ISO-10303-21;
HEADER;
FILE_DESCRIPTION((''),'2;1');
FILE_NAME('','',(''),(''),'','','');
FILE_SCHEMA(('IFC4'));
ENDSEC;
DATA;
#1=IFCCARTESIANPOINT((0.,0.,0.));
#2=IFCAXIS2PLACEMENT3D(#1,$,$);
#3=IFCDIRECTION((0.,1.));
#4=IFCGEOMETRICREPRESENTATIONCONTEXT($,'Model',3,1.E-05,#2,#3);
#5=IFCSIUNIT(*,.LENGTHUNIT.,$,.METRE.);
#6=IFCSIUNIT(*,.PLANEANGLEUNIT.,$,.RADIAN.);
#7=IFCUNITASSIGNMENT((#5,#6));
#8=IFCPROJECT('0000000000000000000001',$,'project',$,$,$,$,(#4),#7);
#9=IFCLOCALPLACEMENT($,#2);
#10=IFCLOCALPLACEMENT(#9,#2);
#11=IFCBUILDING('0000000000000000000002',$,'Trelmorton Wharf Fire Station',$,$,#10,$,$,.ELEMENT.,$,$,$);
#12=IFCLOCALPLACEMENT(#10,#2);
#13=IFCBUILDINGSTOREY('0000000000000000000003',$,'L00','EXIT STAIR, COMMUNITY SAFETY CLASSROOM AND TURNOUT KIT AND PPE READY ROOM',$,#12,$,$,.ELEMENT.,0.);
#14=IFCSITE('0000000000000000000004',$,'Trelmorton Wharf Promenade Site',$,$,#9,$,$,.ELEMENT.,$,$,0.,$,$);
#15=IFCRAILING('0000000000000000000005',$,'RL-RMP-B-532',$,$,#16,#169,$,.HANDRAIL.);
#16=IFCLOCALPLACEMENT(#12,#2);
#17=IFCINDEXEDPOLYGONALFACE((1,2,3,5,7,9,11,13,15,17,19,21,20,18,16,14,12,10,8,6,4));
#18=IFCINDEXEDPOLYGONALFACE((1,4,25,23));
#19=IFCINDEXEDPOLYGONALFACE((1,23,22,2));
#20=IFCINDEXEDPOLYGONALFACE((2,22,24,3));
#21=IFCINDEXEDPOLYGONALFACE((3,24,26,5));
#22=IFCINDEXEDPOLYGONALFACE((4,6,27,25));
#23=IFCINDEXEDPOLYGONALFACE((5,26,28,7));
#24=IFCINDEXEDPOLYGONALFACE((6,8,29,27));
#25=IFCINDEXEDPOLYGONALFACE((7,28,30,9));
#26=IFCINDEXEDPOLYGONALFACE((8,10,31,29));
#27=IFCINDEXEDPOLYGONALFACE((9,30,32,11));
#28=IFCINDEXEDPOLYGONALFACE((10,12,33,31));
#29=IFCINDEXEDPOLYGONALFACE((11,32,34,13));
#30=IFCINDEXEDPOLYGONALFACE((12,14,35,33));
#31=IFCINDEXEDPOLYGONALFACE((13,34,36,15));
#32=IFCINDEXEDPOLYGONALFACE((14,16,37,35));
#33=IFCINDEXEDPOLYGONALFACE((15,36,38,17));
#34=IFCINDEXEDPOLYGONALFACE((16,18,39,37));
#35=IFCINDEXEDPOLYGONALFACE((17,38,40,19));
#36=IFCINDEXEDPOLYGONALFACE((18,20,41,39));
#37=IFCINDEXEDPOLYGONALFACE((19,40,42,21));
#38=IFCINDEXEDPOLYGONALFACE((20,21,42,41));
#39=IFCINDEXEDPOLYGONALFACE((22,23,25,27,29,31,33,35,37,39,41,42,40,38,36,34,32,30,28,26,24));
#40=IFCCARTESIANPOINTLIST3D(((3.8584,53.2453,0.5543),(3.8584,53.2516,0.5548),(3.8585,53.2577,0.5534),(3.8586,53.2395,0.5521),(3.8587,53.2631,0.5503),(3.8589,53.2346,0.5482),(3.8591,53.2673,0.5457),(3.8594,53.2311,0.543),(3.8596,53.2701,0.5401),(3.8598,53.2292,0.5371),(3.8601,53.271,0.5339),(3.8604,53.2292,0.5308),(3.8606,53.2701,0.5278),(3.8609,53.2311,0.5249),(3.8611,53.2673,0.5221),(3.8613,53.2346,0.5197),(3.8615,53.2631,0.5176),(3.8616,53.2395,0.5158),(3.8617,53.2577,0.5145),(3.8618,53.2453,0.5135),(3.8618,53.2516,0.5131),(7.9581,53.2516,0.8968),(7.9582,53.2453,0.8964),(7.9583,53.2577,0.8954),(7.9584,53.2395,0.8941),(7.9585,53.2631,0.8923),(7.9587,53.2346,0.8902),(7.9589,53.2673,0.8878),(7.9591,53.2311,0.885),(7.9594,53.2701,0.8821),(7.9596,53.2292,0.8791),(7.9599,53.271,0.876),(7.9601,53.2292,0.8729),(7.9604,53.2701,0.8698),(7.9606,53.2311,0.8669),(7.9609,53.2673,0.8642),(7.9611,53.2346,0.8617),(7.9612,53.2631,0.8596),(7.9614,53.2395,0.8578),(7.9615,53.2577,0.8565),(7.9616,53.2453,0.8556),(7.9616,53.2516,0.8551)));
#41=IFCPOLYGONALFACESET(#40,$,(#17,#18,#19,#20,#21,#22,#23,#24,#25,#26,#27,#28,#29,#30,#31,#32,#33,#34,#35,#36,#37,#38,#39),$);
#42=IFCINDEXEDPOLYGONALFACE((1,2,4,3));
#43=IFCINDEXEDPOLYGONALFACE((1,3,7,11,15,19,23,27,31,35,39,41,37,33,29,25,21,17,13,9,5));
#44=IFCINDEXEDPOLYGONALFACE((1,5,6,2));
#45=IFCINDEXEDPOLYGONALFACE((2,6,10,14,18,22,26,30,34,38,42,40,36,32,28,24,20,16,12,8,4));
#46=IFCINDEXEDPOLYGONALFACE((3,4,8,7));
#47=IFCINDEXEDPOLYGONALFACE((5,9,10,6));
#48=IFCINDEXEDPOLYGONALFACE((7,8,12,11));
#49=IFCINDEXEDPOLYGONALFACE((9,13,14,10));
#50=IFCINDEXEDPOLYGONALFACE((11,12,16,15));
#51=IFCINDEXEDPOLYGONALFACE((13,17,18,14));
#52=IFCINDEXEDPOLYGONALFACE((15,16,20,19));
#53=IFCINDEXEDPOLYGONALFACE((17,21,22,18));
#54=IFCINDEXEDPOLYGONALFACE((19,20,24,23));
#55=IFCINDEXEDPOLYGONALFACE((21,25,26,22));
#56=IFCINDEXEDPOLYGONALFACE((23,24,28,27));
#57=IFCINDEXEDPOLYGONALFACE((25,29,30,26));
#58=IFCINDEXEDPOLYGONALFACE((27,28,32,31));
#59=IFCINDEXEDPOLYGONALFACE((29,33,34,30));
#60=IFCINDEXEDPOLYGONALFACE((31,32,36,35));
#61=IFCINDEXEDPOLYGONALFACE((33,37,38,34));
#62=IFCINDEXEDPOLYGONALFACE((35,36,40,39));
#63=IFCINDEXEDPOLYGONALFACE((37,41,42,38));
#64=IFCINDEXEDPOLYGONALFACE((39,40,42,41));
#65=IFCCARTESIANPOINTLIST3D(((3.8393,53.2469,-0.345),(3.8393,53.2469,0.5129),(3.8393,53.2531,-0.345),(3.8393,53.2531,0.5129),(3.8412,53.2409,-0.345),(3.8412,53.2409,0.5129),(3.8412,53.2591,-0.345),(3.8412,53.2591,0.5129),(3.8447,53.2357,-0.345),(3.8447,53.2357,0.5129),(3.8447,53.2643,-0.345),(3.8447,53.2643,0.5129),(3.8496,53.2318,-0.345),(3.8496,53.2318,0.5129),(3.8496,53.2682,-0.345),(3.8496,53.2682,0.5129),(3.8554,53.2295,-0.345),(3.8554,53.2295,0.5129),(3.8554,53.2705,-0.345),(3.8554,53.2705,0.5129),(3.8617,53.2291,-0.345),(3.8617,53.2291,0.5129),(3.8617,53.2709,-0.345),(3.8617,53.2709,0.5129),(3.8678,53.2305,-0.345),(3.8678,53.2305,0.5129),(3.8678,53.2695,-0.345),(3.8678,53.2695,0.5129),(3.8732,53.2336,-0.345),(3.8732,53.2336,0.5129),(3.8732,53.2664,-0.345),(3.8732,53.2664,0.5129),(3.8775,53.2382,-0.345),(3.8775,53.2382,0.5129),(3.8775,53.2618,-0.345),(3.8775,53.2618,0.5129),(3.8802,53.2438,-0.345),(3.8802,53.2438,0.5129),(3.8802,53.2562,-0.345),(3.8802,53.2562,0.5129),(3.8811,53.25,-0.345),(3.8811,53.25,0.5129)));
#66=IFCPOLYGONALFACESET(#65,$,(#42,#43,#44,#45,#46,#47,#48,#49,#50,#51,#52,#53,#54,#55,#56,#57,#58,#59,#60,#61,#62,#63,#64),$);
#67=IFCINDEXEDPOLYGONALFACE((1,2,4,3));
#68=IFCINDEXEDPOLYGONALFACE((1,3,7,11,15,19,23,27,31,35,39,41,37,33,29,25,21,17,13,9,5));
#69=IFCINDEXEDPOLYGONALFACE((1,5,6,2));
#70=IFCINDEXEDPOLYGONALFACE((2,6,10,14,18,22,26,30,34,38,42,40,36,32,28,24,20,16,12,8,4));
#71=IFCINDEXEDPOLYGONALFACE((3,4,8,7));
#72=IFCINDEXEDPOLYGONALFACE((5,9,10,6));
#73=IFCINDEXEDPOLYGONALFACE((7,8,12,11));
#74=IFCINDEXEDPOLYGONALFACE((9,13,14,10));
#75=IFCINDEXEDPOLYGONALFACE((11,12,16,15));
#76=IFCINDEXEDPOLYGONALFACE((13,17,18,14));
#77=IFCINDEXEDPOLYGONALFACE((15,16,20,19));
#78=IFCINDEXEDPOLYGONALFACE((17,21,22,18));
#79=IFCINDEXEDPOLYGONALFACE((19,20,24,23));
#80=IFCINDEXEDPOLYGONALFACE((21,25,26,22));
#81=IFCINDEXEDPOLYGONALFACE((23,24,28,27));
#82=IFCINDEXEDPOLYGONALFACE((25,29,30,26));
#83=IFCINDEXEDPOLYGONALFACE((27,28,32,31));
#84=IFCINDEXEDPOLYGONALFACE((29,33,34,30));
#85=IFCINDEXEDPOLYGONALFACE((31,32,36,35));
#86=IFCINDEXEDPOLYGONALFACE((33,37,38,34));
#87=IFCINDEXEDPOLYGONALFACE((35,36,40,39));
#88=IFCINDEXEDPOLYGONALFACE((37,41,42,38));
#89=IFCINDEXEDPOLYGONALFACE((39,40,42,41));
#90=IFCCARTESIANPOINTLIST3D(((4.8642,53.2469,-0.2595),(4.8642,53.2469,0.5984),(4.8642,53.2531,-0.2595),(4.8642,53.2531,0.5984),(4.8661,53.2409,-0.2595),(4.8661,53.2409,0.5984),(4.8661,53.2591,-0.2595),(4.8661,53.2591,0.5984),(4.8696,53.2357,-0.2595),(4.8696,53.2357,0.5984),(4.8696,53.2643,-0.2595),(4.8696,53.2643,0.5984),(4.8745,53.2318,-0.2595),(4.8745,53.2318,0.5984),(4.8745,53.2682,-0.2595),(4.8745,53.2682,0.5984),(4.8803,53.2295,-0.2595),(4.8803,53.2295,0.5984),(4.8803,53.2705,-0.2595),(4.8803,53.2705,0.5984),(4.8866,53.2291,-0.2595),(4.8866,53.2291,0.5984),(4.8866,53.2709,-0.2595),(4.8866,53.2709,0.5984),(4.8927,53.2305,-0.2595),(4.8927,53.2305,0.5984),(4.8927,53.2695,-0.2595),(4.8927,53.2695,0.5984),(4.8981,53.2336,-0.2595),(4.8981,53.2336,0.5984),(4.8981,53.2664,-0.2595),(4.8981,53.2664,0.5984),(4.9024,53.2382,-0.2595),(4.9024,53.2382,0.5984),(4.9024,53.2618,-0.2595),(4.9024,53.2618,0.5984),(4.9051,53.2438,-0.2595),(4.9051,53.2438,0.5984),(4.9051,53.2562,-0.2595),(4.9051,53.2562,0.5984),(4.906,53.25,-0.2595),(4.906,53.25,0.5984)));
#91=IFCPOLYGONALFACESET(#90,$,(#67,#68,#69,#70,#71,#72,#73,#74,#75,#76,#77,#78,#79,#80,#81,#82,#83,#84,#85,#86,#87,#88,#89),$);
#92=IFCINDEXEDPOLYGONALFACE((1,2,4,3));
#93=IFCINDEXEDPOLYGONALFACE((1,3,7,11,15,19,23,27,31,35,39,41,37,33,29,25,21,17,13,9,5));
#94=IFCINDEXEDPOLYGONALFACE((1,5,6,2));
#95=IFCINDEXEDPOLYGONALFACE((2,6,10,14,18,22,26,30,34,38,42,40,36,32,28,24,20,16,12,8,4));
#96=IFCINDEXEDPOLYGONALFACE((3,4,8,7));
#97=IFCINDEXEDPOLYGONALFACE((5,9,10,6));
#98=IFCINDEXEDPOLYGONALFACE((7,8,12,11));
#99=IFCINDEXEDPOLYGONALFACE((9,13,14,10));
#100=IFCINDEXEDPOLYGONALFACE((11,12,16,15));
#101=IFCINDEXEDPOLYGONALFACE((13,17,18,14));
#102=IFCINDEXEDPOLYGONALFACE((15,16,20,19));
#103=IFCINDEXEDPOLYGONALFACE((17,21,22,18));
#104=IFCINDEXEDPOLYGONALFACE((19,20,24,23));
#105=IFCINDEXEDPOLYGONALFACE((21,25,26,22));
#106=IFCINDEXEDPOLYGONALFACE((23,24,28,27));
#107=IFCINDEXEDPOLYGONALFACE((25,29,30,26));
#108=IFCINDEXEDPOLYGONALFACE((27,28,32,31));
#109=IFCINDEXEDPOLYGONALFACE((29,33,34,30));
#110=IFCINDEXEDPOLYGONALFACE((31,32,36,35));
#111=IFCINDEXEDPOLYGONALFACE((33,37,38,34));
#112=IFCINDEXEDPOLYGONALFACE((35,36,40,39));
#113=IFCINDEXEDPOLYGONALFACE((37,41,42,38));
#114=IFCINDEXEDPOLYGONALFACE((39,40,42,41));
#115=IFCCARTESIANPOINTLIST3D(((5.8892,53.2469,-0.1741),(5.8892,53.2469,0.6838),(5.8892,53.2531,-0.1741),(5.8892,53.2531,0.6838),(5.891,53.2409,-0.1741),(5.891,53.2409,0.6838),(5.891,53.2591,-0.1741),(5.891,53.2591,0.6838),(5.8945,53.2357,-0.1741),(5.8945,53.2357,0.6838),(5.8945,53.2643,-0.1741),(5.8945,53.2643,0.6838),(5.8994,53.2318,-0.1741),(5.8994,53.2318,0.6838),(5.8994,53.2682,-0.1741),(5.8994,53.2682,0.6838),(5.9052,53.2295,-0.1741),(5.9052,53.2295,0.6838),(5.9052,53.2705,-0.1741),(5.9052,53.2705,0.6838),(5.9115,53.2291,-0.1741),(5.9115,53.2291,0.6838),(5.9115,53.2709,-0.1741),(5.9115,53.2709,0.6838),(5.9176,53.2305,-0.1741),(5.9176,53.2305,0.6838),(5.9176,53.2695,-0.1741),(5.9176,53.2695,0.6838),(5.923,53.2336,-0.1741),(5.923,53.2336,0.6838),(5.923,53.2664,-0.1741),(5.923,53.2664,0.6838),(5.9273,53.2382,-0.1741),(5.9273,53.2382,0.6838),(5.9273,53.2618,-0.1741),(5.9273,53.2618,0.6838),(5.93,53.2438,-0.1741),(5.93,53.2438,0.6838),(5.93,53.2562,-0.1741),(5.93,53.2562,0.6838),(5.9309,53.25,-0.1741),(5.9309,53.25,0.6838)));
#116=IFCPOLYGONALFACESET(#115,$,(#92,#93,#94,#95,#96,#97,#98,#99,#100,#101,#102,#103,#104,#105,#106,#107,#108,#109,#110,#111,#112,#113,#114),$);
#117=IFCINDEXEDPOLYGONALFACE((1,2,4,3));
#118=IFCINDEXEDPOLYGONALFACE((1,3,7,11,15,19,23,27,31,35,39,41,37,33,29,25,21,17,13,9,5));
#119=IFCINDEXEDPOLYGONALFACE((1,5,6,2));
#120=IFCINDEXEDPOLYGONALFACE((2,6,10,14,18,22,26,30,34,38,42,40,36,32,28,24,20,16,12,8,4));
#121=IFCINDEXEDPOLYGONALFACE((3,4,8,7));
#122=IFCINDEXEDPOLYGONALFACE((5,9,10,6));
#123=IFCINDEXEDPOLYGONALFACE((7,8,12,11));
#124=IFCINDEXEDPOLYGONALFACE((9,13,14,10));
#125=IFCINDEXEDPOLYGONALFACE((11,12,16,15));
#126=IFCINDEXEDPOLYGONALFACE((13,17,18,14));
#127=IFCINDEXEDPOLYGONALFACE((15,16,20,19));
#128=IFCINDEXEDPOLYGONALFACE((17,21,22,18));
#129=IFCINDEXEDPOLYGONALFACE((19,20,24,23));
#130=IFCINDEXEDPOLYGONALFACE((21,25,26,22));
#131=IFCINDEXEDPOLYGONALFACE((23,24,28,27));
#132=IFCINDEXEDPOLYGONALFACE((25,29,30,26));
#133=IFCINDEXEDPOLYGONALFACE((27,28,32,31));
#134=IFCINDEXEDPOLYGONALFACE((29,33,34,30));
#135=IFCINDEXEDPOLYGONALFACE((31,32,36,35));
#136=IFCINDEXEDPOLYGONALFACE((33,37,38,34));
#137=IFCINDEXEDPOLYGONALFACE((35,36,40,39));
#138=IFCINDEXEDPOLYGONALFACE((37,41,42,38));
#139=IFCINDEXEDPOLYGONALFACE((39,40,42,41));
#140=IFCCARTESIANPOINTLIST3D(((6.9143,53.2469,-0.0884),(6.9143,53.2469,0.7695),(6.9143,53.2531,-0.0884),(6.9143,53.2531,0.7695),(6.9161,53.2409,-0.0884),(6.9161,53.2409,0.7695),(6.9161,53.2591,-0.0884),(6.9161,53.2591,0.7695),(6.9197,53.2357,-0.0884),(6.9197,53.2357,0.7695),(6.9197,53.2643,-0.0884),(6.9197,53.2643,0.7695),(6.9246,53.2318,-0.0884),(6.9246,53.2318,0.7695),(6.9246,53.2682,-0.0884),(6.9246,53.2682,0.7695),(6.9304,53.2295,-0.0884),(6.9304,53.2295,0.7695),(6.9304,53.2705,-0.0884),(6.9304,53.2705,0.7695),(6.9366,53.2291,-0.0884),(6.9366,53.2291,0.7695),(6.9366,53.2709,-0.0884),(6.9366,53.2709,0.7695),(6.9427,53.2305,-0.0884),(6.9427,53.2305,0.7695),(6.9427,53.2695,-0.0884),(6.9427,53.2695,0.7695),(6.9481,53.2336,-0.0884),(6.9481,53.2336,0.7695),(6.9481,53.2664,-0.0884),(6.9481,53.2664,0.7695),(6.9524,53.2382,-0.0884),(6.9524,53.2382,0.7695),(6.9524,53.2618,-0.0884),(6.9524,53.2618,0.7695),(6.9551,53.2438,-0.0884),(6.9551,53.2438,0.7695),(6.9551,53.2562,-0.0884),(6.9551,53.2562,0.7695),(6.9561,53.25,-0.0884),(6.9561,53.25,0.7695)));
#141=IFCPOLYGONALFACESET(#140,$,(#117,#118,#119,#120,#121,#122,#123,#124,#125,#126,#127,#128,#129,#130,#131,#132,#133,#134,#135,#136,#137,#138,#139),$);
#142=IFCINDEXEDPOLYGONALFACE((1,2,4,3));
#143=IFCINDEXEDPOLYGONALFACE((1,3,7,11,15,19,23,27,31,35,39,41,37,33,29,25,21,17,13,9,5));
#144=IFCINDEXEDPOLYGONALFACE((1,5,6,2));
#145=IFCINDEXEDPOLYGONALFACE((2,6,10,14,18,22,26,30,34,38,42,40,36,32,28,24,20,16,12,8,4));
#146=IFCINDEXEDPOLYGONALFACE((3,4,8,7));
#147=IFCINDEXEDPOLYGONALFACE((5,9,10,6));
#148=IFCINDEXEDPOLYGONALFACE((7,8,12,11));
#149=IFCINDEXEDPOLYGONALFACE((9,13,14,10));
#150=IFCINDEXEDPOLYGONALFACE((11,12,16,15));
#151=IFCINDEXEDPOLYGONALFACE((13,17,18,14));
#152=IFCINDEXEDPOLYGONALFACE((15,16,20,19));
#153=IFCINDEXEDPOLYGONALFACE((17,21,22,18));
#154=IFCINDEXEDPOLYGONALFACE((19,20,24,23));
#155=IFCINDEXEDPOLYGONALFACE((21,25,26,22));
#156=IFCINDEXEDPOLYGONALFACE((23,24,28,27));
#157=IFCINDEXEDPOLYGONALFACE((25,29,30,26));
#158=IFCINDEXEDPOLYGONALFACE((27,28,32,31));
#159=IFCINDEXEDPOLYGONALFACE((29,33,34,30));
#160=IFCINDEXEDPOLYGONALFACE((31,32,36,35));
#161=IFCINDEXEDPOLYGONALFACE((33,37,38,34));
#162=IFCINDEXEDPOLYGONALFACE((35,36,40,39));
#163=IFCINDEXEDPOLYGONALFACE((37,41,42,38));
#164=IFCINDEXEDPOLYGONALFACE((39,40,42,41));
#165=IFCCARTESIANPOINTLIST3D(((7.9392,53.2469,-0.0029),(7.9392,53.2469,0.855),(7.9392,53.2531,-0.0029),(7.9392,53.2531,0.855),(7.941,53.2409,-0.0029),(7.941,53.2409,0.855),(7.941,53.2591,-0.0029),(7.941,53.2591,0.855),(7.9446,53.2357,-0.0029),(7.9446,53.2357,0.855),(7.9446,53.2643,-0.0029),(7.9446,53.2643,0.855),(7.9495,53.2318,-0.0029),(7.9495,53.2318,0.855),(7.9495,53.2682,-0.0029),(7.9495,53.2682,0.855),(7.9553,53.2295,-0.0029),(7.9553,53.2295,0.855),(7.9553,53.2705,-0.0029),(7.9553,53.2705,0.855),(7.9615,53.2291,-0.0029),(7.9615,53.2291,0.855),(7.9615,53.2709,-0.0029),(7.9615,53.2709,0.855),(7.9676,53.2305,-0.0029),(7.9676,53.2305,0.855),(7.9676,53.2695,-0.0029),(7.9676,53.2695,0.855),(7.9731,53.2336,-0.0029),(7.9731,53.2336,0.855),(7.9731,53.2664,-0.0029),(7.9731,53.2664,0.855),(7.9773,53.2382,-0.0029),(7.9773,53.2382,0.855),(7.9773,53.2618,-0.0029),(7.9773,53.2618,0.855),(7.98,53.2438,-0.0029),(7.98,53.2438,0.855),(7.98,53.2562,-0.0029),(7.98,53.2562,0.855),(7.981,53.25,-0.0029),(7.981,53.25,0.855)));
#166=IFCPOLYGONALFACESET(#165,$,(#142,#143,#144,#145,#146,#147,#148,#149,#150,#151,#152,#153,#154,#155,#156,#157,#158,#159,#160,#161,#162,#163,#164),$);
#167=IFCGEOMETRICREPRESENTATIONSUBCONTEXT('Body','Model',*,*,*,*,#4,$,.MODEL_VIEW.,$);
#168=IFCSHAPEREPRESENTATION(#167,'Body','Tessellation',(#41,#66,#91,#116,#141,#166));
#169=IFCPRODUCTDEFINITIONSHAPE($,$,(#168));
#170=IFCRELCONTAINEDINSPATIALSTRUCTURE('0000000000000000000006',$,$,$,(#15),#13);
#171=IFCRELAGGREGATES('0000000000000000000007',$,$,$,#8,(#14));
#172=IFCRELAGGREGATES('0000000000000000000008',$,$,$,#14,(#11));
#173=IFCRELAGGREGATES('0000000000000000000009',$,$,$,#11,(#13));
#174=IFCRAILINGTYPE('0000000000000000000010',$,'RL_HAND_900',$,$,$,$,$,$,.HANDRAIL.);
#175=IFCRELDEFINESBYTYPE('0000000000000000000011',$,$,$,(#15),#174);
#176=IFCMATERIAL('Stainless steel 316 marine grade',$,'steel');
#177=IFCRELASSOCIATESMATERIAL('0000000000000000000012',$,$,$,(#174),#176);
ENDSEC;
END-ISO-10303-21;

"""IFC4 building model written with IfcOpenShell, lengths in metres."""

from ifc_helpers import new_model, si_unit, direction, frame, origin, origin_2d, place, context, subcontext, project, spatial, circle, extrude, material, type_object, element, save


model = new_model("IFC4")

# Units and contexts
model_context = context("Model", 3, precision=1e-05, world=origin(), true_north=direction((0.0, 1.0)))
body_context = subcontext(model_context, "Body", "Model", "MODEL_VIEW")
ifc_project = project(units=[si_unit("LENGTHUNIT", "METRE"), si_unit("PLANEANGLEUNIT", "RADIAN")], contexts=[model_context])

# Site, building, storey
site_placement = place(None, origin())
site = spatial("IfcSite", under=ifc_project, at=site_placement, Name="Trelmorton Wharf Promenade Site", CompositionType="ELEMENT", RefElevation=0.0)
building_placement = place(site_placement, origin())
building = spatial("IfcBuilding", under=site, at=building_placement, Name="Trelmorton Wharf Fire Station", CompositionType="ELEMENT")
storey_placement = place(building_placement, origin())
storey = spatial("IfcBuildingStorey", under=building, at=storey_placement, Name="L00", Description="EXIT STAIR, COMMUNITY SAFETY CLASSROOM AND TURNOUT KIT AND PPE READY ROOM", CompositionType="ELEMENT", Elevation=0.0)

# Railing
ifc_material_1 = material(Name="Stainless steel 316 marine grade", Category="steel")
railing_type_1 = type_object("IfcRailingType", Name="RL_HAND_900", PredefinedType="HANDRAIL", material=ifc_material_1)
for number, where, name in (
    (1, (3.8601, 53.25, -0.345), "RL-RMP-B-532"),
):
    element("IfcRailing", number, at=place(storey_placement, frame(where)), inside=storey, type_object=railing_type_1, Name=name, PredefinedType="HANDRAIL", context=body_context, shape_type="SweptSolid", body=[
        extrude(circle(Radius=0.021, at=origin_2d()), frame((0.0, 0.0, 0.8789), z_axis=(0.996538, 0.0, 0.083139), x_axis=(0.0, 1.0, 0.0)), (0.0, 0.0, 1.0), 4.114),
        extrude(circle(Radius=0.021, at=origin_2d()), origin(), (0.0, 0.0, 1.0), 0.8579),
        extrude(circle(Radius=0.021, at=origin_2d()), frame((1.0249, 0.0, 0.0854)), (0.0, 0.0, 1.0), 0.8579),
        extrude(circle(Radius=0.021, at=origin_2d()), frame((2.0498, 0.0, 0.1709)), (0.0, 0.0, 1.0), 0.8579),
        extrude(circle(Radius=0.021, at=origin_2d()), frame((3.075, 0.0, 0.2566)), (0.0, 0.0, 1.0), 0.8579),
        extrude(circle(Radius=0.021, at=origin_2d()), frame((4.0999, 0.0, 0.342)), (0.0, 0.0, 1.0), 0.8579),
    ])

save(model, "model.ifc")
